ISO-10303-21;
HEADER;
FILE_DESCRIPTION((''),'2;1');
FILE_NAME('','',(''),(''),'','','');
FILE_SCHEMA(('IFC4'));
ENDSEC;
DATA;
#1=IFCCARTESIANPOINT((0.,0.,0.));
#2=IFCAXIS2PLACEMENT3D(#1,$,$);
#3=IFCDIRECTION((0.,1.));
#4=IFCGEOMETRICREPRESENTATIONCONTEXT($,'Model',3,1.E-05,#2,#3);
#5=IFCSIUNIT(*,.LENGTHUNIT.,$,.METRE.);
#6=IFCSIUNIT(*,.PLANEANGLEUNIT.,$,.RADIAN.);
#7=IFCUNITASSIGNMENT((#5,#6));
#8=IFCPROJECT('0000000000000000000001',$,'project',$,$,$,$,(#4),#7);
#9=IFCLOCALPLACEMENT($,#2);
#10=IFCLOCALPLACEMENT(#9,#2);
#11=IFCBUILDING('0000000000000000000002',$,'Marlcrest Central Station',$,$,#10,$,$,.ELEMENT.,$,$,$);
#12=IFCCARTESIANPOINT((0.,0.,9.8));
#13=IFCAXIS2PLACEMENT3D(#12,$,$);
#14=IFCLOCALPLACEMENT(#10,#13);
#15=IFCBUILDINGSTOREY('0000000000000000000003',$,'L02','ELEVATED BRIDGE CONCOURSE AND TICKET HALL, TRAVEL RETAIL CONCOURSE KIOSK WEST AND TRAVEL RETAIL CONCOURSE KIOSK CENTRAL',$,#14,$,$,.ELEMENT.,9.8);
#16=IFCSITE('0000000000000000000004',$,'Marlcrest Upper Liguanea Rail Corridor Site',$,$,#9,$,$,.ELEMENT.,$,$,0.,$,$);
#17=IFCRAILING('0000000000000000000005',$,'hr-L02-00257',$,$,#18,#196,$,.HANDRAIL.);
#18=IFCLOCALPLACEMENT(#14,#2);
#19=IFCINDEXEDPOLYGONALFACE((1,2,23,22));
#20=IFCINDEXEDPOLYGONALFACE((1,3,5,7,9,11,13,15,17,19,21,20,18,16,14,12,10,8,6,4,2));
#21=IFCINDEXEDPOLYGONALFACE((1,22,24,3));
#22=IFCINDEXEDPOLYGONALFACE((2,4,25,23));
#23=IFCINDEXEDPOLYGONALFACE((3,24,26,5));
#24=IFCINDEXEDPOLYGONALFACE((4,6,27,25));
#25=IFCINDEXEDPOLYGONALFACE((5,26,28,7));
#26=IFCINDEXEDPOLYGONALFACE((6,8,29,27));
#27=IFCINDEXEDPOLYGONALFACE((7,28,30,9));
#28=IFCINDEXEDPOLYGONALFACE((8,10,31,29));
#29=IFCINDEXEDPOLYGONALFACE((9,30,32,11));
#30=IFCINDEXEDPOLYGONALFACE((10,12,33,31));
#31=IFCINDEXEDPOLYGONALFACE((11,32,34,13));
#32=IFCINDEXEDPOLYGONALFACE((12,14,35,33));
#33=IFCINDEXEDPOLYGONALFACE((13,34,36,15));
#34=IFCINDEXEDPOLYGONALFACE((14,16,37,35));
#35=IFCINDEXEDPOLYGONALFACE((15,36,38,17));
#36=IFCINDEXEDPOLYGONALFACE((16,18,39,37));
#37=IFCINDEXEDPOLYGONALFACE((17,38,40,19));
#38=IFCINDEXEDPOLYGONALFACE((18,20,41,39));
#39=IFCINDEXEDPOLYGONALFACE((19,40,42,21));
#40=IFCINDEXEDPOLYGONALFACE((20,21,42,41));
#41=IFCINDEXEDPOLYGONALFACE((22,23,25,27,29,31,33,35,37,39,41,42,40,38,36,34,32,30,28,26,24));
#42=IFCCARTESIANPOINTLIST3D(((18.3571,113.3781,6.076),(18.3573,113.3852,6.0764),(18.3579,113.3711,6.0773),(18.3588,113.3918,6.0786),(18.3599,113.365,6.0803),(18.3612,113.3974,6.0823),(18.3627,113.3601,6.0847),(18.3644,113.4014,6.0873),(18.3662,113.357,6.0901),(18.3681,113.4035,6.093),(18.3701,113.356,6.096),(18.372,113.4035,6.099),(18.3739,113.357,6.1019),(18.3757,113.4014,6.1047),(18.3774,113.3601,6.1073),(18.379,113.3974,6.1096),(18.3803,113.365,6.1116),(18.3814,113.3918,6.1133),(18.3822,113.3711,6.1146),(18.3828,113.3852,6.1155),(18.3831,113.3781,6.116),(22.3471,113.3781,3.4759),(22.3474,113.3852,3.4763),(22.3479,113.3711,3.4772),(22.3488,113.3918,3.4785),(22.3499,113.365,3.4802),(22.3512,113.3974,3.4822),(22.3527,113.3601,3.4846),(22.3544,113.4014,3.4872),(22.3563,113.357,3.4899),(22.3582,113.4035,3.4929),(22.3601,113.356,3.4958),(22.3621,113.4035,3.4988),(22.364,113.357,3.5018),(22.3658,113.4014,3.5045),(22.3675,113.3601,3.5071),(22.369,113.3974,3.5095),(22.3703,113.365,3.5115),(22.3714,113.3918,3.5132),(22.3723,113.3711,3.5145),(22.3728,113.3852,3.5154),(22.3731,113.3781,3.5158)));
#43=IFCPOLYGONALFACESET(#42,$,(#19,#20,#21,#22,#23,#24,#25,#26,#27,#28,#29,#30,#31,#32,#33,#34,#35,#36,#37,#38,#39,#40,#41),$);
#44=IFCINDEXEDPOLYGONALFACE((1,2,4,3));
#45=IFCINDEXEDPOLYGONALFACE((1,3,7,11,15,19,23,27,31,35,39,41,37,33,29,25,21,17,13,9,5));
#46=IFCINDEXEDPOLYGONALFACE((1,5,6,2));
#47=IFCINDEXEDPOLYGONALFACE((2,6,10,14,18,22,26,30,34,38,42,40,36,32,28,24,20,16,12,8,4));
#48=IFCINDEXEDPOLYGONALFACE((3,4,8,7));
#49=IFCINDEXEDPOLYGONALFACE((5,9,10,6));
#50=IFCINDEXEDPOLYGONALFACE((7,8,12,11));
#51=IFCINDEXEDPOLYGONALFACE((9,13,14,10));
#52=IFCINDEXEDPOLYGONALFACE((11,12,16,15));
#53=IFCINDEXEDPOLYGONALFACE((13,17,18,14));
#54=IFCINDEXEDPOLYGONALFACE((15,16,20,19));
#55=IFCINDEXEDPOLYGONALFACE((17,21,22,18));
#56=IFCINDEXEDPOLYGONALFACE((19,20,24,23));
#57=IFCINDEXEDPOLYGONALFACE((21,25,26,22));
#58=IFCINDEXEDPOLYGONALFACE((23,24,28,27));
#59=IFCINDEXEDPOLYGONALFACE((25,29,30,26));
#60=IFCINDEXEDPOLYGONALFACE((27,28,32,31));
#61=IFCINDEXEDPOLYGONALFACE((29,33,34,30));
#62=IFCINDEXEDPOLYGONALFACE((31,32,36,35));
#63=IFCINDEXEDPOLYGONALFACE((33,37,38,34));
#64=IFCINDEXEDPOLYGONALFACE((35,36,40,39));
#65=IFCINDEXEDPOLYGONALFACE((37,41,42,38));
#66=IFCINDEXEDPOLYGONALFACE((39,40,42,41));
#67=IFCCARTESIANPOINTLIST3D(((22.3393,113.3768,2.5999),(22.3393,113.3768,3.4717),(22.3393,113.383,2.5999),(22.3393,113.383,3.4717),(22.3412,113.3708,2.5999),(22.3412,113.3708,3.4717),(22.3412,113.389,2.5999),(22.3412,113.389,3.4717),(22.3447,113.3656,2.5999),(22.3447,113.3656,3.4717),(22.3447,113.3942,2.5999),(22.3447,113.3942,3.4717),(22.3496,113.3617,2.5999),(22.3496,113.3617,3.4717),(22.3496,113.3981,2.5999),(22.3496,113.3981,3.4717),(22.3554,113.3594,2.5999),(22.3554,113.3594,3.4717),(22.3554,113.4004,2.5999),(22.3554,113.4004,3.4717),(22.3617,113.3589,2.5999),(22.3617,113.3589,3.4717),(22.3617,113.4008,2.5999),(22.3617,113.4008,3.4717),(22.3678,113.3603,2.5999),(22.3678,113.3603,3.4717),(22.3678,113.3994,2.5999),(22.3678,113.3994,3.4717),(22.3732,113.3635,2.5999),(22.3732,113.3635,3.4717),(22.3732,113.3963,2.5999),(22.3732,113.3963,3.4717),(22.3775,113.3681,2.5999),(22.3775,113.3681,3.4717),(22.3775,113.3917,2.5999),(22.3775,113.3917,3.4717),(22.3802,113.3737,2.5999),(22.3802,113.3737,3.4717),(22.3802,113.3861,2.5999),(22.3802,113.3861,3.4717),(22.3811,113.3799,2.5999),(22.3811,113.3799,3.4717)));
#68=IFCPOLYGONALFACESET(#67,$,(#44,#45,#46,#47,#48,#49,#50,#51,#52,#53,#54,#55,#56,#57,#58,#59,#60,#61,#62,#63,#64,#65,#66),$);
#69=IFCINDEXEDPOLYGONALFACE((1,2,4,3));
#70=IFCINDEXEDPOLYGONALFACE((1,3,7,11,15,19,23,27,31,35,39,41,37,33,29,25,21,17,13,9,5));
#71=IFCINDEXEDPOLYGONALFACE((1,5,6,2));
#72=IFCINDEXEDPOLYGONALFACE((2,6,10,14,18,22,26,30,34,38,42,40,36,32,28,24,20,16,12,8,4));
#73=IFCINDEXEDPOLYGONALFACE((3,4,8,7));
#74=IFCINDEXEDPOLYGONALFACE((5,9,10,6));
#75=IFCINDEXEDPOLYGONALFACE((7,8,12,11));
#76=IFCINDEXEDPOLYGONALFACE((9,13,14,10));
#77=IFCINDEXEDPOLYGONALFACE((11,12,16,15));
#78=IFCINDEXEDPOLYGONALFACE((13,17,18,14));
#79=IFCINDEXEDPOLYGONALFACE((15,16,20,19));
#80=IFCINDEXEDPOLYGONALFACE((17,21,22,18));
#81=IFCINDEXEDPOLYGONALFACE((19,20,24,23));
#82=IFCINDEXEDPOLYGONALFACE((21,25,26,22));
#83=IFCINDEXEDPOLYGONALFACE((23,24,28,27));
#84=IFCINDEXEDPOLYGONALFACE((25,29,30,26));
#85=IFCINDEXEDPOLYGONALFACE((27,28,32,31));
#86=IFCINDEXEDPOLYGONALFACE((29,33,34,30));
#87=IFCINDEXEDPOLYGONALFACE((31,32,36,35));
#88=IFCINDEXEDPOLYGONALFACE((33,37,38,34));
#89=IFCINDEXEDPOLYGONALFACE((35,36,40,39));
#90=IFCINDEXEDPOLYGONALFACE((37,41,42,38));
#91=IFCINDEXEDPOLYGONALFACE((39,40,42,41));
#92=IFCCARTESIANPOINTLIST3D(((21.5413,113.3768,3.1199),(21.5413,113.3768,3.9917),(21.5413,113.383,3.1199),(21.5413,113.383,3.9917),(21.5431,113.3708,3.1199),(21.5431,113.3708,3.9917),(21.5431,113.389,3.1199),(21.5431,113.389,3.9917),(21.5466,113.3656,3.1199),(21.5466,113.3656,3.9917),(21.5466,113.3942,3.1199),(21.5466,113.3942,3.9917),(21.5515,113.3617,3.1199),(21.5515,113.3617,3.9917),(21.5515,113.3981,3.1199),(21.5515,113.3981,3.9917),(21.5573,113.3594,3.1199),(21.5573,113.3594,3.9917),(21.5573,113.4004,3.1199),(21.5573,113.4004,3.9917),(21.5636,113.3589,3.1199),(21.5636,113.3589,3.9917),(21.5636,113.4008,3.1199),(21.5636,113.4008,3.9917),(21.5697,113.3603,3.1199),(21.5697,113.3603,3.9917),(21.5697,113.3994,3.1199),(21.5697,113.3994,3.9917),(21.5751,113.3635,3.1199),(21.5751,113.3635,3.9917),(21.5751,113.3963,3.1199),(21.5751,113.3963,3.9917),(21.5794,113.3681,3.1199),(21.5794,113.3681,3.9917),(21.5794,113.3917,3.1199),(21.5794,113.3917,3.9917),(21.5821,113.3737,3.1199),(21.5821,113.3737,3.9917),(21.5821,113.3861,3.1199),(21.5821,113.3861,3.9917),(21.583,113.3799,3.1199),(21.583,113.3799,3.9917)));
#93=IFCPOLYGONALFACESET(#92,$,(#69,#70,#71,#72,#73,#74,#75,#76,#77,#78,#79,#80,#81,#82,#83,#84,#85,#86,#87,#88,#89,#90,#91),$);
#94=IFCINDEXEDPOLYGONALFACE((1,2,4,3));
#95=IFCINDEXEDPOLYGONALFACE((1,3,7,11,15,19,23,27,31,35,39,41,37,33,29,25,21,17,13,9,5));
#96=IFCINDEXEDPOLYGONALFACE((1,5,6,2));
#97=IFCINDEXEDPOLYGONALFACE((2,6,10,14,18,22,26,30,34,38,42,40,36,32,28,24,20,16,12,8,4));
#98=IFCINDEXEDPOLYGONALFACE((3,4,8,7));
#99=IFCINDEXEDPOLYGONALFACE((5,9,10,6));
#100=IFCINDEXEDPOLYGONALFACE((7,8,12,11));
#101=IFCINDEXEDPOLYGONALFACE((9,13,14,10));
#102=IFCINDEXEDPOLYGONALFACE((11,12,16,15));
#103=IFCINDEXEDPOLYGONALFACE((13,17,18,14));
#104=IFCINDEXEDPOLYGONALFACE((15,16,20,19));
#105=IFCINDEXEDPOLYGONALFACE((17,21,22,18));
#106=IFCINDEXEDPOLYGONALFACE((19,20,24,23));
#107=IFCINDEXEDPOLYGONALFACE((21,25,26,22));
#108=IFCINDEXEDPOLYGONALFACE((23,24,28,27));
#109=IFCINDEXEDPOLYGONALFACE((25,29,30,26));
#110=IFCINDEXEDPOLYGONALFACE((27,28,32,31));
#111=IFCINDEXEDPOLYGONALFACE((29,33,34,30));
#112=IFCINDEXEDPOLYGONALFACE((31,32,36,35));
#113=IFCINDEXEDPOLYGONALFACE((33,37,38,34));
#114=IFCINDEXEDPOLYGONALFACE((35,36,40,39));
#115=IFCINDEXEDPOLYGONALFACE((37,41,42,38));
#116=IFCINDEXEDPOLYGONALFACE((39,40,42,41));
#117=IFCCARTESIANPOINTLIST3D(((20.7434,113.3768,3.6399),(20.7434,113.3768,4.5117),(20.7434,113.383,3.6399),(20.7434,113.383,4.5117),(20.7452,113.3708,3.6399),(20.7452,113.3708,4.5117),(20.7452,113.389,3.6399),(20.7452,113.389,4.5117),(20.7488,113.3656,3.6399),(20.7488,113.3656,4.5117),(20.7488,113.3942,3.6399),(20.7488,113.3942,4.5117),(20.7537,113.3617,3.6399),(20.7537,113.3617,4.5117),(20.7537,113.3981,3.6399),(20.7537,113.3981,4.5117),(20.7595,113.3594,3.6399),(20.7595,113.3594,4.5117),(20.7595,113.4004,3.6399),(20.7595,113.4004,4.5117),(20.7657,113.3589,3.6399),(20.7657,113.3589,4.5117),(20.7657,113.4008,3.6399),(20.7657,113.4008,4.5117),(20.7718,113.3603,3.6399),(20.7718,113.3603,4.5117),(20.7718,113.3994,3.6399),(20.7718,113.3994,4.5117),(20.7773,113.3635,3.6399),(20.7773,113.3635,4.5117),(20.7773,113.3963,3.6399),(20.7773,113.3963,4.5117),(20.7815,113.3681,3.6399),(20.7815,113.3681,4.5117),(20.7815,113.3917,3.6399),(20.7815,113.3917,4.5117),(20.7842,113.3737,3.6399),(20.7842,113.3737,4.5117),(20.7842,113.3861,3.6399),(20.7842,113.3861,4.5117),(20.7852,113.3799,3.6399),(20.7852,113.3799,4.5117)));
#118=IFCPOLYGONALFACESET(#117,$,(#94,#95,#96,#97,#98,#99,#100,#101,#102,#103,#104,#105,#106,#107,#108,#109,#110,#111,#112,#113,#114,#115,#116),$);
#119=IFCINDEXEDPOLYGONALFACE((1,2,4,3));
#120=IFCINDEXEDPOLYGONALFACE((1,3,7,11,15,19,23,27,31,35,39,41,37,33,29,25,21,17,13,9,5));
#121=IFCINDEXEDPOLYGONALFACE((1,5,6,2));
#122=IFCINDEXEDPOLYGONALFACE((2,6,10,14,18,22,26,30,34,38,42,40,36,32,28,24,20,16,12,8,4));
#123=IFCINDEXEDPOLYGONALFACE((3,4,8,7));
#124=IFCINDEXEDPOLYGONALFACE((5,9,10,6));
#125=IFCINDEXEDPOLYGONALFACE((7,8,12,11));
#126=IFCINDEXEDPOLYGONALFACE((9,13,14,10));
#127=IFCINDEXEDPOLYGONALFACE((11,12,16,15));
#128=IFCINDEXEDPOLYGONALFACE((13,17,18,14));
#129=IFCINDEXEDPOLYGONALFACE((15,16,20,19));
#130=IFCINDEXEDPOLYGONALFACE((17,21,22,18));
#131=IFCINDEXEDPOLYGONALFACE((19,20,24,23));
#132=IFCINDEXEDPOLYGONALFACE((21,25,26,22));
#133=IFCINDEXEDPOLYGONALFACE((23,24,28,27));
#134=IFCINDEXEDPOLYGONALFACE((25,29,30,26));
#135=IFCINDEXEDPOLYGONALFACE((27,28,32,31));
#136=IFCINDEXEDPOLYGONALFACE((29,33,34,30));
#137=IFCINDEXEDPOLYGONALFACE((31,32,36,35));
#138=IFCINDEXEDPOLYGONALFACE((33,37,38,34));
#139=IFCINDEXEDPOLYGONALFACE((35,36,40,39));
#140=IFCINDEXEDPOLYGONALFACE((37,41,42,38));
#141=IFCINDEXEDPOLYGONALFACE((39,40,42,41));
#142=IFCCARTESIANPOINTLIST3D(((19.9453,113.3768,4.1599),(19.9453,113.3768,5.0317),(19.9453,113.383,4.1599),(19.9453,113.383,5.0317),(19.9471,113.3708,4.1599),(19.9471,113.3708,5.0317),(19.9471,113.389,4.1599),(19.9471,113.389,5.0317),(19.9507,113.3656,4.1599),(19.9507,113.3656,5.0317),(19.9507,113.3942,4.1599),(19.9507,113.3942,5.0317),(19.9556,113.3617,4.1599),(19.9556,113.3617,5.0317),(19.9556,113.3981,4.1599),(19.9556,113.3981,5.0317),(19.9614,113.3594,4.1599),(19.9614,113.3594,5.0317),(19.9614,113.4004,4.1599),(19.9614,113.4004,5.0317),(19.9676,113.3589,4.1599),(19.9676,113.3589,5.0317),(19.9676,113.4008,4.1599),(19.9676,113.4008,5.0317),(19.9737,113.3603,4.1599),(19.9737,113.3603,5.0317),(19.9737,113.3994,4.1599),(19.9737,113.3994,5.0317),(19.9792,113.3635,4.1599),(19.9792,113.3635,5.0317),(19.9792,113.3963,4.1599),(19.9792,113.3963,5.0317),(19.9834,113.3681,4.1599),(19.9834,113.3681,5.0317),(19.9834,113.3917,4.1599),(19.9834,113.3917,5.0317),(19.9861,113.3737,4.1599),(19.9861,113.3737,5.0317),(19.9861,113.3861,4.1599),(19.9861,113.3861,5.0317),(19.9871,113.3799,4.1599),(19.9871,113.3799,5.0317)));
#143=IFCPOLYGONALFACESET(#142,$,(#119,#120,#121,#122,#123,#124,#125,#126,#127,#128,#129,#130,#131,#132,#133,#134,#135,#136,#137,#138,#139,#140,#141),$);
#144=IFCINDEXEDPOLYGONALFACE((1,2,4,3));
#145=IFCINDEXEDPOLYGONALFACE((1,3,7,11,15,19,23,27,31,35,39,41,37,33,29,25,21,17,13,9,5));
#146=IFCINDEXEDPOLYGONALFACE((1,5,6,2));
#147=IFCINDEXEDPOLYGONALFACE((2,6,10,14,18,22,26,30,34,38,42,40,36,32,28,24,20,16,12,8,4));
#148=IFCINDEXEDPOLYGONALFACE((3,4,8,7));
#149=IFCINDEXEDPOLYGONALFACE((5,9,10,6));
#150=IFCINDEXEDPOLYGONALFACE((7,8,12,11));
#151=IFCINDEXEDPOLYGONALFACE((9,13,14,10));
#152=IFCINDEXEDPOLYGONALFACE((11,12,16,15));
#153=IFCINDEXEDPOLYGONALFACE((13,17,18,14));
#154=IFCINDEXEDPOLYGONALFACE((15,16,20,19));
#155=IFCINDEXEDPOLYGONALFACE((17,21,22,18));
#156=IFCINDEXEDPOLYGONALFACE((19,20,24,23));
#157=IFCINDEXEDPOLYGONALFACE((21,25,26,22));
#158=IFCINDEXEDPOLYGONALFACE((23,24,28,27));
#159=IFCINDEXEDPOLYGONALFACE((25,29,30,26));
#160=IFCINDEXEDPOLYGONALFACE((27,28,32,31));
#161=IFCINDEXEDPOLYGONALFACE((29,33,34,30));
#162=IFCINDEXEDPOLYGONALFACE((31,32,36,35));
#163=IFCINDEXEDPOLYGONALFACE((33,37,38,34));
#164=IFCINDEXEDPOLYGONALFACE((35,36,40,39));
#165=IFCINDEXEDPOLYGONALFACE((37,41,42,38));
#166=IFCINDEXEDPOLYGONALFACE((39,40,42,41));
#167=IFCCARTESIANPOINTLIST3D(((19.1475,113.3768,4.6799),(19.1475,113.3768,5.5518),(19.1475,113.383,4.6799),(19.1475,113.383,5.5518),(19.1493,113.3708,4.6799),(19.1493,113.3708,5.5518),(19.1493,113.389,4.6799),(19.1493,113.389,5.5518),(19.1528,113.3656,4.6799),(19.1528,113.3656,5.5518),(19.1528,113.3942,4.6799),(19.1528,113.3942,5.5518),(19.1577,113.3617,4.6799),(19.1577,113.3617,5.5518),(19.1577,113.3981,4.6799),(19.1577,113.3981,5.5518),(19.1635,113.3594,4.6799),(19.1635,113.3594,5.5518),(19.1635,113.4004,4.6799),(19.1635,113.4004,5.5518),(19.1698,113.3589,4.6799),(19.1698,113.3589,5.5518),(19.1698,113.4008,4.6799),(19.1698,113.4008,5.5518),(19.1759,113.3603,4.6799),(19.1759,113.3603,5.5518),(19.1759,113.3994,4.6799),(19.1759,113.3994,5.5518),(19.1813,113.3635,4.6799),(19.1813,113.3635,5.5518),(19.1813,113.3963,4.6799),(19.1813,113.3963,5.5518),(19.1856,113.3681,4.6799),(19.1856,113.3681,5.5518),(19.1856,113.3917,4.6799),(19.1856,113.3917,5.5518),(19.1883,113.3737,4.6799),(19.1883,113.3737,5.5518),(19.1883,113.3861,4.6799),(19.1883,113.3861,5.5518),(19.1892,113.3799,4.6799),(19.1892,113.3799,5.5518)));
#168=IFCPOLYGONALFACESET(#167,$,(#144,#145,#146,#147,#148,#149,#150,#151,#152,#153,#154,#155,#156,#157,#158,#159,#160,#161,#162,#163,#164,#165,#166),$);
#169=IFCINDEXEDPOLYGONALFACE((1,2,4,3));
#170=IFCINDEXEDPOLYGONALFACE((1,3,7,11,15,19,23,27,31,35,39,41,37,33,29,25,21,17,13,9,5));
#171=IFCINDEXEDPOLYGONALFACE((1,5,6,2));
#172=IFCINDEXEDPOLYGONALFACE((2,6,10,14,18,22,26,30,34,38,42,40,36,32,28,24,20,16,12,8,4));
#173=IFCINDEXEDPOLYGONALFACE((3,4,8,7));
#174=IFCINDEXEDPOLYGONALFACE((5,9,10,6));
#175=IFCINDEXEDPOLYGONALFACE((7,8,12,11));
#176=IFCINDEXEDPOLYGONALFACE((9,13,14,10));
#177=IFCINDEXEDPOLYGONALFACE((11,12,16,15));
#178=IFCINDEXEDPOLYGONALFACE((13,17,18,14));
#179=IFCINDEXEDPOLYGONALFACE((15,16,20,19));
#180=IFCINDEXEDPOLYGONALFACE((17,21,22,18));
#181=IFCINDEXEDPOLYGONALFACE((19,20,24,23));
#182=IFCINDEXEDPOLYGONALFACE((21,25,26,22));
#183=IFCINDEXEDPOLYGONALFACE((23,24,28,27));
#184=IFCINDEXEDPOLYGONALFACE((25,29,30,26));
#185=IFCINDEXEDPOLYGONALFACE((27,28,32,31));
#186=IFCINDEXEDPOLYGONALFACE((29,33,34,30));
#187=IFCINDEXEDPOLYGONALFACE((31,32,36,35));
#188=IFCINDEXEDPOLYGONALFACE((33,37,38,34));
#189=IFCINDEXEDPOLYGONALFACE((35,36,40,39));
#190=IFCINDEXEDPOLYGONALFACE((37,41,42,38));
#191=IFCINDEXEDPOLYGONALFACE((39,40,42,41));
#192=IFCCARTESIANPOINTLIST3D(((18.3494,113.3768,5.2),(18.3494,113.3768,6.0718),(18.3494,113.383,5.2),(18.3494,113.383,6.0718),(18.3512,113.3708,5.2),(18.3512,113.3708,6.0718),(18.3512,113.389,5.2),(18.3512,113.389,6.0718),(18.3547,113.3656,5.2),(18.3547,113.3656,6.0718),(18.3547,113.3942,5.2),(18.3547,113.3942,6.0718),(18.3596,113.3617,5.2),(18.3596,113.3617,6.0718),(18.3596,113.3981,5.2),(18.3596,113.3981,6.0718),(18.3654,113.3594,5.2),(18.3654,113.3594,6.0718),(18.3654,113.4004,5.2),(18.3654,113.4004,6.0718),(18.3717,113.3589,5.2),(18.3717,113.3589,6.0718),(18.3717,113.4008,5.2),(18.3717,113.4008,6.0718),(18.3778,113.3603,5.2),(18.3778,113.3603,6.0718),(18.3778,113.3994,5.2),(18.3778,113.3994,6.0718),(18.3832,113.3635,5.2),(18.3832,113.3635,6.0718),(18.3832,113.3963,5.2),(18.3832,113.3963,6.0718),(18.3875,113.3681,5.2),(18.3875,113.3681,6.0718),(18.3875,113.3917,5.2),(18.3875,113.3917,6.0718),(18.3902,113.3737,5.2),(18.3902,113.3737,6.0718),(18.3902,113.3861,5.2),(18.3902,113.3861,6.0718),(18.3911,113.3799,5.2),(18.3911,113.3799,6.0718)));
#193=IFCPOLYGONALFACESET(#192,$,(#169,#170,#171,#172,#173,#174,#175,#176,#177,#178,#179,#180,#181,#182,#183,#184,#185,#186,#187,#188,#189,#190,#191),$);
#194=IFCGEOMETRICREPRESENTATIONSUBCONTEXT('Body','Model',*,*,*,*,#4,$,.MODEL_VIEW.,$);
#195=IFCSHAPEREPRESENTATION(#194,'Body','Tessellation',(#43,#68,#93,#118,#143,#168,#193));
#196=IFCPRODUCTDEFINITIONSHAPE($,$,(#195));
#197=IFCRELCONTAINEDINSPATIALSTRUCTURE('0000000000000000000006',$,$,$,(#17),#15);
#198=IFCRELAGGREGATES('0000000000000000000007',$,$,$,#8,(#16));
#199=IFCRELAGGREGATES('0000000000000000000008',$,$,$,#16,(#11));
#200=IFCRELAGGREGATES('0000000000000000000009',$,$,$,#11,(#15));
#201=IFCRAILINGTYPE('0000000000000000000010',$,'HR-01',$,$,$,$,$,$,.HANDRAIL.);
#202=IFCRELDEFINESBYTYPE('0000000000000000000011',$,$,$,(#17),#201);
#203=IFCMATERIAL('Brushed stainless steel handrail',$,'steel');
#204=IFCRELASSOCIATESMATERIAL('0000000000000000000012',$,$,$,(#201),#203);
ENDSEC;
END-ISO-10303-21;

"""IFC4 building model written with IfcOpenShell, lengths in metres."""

from ifc_helpers import new_model, si_unit, direction, frame, origin, origin_2d, place, context, subcontext, project, spatial, circle, extrude, material, type_object, element, save


model = new_model("IFC4")

# Units and contexts
model_context = context("Model", 3, precision=1e-05, world=origin(), true_north=direction((0.0, 1.0)))
body_context = subcontext(model_context, "Body", "Model", "MODEL_VIEW")
ifc_project = project(units=[si_unit("LENGTHUNIT", "METRE"), si_unit("PLANEANGLEUNIT", "RADIAN")], contexts=[model_context])

# Site, building, storey
site_placement = place(None, origin())
site = spatial("IfcSite", under=ifc_project, at=site_placement, Name="Marlcrest Upper Liguanea Rail Corridor Site", CompositionType="ELEMENT", RefElevation=0.0)
building_placement = place(site_placement, origin())
building = spatial("IfcBuilding", under=site, at=building_placement, Name="Marlcrest Central Station", CompositionType="ELEMENT")
storey_placement = place(building_placement, frame((0.0, 0.0, 9.8)))
storey = spatial("IfcBuildingStorey", under=building, at=storey_placement, Name="L02", Description="ELEVATED BRIDGE CONCOURSE AND TICKET HALL, TRAVEL RETAIL CONCOURSE KIOSK WEST AND TRAVEL RETAIL CONCOURSE KIOSK CENTRAL", CompositionType="ELEMENT", Elevation=9.8)

# Railing
ifc_material_1 = material(Name="Brushed stainless steel handrail", Category="steel")
railing_type_1 = type_object("IfcRailingType", Name="HR-01", PredefinedType="HANDRAIL", material=ifc_material_1)
for number, where, name in (
    (1, (22.3601, 113.3799, 2.5999), "hr-L02-00257"),
):
    element("IfcRailing", number, at=place(storey_placement, frame(where)), inside=storey, type_object=railing_type_1, Name=name, PredefinedType="HANDRAIL", context=body_context, shape_type="SweptSolid", body=[
        extrude(circle(Radius=0.0239, at=origin_2d()), frame((0.0, 0.0, 0.896), z_axis=(-0.837809, 0.0, 0.545963), x_axis=(0.0, -1.0, 0.0)), (0.0, 0.0, 1.0), 4.7625),
        extrude(circle(Radius=0.021, at=origin_2d()), origin(), (0.0, 0.0, 1.0), 0.8718),
        extrude(circle(Radius=0.021, at=origin_2d()), frame((-0.7981, 0.0, 0.52)), (0.0, 0.0, 1.0), 0.8718),
        extrude(circle(Radius=0.021, at=origin_2d()), frame((-1.5959, 0.0, 1.04)), (0.0, 0.0, 1.0), 0.8718),
        extrude(circle(Radius=0.021, at=origin_2d()), frame((-2.394, 0.0, 1.5601)), (0.0, 0.0, 1.0), 0.8718),
        extrude(circle(Radius=0.021, at=origin_2d()), frame((-3.1919, 0.0, 2.0801)), (0.0, 0.0, 1.0), 0.8718),
        extrude(circle(Radius=0.021, at=origin_2d()), frame((-3.99, 0.0, 2.6001)), (0.0, 0.0, 1.0), 0.8718),
    ])

save(model, "model.ifc")
